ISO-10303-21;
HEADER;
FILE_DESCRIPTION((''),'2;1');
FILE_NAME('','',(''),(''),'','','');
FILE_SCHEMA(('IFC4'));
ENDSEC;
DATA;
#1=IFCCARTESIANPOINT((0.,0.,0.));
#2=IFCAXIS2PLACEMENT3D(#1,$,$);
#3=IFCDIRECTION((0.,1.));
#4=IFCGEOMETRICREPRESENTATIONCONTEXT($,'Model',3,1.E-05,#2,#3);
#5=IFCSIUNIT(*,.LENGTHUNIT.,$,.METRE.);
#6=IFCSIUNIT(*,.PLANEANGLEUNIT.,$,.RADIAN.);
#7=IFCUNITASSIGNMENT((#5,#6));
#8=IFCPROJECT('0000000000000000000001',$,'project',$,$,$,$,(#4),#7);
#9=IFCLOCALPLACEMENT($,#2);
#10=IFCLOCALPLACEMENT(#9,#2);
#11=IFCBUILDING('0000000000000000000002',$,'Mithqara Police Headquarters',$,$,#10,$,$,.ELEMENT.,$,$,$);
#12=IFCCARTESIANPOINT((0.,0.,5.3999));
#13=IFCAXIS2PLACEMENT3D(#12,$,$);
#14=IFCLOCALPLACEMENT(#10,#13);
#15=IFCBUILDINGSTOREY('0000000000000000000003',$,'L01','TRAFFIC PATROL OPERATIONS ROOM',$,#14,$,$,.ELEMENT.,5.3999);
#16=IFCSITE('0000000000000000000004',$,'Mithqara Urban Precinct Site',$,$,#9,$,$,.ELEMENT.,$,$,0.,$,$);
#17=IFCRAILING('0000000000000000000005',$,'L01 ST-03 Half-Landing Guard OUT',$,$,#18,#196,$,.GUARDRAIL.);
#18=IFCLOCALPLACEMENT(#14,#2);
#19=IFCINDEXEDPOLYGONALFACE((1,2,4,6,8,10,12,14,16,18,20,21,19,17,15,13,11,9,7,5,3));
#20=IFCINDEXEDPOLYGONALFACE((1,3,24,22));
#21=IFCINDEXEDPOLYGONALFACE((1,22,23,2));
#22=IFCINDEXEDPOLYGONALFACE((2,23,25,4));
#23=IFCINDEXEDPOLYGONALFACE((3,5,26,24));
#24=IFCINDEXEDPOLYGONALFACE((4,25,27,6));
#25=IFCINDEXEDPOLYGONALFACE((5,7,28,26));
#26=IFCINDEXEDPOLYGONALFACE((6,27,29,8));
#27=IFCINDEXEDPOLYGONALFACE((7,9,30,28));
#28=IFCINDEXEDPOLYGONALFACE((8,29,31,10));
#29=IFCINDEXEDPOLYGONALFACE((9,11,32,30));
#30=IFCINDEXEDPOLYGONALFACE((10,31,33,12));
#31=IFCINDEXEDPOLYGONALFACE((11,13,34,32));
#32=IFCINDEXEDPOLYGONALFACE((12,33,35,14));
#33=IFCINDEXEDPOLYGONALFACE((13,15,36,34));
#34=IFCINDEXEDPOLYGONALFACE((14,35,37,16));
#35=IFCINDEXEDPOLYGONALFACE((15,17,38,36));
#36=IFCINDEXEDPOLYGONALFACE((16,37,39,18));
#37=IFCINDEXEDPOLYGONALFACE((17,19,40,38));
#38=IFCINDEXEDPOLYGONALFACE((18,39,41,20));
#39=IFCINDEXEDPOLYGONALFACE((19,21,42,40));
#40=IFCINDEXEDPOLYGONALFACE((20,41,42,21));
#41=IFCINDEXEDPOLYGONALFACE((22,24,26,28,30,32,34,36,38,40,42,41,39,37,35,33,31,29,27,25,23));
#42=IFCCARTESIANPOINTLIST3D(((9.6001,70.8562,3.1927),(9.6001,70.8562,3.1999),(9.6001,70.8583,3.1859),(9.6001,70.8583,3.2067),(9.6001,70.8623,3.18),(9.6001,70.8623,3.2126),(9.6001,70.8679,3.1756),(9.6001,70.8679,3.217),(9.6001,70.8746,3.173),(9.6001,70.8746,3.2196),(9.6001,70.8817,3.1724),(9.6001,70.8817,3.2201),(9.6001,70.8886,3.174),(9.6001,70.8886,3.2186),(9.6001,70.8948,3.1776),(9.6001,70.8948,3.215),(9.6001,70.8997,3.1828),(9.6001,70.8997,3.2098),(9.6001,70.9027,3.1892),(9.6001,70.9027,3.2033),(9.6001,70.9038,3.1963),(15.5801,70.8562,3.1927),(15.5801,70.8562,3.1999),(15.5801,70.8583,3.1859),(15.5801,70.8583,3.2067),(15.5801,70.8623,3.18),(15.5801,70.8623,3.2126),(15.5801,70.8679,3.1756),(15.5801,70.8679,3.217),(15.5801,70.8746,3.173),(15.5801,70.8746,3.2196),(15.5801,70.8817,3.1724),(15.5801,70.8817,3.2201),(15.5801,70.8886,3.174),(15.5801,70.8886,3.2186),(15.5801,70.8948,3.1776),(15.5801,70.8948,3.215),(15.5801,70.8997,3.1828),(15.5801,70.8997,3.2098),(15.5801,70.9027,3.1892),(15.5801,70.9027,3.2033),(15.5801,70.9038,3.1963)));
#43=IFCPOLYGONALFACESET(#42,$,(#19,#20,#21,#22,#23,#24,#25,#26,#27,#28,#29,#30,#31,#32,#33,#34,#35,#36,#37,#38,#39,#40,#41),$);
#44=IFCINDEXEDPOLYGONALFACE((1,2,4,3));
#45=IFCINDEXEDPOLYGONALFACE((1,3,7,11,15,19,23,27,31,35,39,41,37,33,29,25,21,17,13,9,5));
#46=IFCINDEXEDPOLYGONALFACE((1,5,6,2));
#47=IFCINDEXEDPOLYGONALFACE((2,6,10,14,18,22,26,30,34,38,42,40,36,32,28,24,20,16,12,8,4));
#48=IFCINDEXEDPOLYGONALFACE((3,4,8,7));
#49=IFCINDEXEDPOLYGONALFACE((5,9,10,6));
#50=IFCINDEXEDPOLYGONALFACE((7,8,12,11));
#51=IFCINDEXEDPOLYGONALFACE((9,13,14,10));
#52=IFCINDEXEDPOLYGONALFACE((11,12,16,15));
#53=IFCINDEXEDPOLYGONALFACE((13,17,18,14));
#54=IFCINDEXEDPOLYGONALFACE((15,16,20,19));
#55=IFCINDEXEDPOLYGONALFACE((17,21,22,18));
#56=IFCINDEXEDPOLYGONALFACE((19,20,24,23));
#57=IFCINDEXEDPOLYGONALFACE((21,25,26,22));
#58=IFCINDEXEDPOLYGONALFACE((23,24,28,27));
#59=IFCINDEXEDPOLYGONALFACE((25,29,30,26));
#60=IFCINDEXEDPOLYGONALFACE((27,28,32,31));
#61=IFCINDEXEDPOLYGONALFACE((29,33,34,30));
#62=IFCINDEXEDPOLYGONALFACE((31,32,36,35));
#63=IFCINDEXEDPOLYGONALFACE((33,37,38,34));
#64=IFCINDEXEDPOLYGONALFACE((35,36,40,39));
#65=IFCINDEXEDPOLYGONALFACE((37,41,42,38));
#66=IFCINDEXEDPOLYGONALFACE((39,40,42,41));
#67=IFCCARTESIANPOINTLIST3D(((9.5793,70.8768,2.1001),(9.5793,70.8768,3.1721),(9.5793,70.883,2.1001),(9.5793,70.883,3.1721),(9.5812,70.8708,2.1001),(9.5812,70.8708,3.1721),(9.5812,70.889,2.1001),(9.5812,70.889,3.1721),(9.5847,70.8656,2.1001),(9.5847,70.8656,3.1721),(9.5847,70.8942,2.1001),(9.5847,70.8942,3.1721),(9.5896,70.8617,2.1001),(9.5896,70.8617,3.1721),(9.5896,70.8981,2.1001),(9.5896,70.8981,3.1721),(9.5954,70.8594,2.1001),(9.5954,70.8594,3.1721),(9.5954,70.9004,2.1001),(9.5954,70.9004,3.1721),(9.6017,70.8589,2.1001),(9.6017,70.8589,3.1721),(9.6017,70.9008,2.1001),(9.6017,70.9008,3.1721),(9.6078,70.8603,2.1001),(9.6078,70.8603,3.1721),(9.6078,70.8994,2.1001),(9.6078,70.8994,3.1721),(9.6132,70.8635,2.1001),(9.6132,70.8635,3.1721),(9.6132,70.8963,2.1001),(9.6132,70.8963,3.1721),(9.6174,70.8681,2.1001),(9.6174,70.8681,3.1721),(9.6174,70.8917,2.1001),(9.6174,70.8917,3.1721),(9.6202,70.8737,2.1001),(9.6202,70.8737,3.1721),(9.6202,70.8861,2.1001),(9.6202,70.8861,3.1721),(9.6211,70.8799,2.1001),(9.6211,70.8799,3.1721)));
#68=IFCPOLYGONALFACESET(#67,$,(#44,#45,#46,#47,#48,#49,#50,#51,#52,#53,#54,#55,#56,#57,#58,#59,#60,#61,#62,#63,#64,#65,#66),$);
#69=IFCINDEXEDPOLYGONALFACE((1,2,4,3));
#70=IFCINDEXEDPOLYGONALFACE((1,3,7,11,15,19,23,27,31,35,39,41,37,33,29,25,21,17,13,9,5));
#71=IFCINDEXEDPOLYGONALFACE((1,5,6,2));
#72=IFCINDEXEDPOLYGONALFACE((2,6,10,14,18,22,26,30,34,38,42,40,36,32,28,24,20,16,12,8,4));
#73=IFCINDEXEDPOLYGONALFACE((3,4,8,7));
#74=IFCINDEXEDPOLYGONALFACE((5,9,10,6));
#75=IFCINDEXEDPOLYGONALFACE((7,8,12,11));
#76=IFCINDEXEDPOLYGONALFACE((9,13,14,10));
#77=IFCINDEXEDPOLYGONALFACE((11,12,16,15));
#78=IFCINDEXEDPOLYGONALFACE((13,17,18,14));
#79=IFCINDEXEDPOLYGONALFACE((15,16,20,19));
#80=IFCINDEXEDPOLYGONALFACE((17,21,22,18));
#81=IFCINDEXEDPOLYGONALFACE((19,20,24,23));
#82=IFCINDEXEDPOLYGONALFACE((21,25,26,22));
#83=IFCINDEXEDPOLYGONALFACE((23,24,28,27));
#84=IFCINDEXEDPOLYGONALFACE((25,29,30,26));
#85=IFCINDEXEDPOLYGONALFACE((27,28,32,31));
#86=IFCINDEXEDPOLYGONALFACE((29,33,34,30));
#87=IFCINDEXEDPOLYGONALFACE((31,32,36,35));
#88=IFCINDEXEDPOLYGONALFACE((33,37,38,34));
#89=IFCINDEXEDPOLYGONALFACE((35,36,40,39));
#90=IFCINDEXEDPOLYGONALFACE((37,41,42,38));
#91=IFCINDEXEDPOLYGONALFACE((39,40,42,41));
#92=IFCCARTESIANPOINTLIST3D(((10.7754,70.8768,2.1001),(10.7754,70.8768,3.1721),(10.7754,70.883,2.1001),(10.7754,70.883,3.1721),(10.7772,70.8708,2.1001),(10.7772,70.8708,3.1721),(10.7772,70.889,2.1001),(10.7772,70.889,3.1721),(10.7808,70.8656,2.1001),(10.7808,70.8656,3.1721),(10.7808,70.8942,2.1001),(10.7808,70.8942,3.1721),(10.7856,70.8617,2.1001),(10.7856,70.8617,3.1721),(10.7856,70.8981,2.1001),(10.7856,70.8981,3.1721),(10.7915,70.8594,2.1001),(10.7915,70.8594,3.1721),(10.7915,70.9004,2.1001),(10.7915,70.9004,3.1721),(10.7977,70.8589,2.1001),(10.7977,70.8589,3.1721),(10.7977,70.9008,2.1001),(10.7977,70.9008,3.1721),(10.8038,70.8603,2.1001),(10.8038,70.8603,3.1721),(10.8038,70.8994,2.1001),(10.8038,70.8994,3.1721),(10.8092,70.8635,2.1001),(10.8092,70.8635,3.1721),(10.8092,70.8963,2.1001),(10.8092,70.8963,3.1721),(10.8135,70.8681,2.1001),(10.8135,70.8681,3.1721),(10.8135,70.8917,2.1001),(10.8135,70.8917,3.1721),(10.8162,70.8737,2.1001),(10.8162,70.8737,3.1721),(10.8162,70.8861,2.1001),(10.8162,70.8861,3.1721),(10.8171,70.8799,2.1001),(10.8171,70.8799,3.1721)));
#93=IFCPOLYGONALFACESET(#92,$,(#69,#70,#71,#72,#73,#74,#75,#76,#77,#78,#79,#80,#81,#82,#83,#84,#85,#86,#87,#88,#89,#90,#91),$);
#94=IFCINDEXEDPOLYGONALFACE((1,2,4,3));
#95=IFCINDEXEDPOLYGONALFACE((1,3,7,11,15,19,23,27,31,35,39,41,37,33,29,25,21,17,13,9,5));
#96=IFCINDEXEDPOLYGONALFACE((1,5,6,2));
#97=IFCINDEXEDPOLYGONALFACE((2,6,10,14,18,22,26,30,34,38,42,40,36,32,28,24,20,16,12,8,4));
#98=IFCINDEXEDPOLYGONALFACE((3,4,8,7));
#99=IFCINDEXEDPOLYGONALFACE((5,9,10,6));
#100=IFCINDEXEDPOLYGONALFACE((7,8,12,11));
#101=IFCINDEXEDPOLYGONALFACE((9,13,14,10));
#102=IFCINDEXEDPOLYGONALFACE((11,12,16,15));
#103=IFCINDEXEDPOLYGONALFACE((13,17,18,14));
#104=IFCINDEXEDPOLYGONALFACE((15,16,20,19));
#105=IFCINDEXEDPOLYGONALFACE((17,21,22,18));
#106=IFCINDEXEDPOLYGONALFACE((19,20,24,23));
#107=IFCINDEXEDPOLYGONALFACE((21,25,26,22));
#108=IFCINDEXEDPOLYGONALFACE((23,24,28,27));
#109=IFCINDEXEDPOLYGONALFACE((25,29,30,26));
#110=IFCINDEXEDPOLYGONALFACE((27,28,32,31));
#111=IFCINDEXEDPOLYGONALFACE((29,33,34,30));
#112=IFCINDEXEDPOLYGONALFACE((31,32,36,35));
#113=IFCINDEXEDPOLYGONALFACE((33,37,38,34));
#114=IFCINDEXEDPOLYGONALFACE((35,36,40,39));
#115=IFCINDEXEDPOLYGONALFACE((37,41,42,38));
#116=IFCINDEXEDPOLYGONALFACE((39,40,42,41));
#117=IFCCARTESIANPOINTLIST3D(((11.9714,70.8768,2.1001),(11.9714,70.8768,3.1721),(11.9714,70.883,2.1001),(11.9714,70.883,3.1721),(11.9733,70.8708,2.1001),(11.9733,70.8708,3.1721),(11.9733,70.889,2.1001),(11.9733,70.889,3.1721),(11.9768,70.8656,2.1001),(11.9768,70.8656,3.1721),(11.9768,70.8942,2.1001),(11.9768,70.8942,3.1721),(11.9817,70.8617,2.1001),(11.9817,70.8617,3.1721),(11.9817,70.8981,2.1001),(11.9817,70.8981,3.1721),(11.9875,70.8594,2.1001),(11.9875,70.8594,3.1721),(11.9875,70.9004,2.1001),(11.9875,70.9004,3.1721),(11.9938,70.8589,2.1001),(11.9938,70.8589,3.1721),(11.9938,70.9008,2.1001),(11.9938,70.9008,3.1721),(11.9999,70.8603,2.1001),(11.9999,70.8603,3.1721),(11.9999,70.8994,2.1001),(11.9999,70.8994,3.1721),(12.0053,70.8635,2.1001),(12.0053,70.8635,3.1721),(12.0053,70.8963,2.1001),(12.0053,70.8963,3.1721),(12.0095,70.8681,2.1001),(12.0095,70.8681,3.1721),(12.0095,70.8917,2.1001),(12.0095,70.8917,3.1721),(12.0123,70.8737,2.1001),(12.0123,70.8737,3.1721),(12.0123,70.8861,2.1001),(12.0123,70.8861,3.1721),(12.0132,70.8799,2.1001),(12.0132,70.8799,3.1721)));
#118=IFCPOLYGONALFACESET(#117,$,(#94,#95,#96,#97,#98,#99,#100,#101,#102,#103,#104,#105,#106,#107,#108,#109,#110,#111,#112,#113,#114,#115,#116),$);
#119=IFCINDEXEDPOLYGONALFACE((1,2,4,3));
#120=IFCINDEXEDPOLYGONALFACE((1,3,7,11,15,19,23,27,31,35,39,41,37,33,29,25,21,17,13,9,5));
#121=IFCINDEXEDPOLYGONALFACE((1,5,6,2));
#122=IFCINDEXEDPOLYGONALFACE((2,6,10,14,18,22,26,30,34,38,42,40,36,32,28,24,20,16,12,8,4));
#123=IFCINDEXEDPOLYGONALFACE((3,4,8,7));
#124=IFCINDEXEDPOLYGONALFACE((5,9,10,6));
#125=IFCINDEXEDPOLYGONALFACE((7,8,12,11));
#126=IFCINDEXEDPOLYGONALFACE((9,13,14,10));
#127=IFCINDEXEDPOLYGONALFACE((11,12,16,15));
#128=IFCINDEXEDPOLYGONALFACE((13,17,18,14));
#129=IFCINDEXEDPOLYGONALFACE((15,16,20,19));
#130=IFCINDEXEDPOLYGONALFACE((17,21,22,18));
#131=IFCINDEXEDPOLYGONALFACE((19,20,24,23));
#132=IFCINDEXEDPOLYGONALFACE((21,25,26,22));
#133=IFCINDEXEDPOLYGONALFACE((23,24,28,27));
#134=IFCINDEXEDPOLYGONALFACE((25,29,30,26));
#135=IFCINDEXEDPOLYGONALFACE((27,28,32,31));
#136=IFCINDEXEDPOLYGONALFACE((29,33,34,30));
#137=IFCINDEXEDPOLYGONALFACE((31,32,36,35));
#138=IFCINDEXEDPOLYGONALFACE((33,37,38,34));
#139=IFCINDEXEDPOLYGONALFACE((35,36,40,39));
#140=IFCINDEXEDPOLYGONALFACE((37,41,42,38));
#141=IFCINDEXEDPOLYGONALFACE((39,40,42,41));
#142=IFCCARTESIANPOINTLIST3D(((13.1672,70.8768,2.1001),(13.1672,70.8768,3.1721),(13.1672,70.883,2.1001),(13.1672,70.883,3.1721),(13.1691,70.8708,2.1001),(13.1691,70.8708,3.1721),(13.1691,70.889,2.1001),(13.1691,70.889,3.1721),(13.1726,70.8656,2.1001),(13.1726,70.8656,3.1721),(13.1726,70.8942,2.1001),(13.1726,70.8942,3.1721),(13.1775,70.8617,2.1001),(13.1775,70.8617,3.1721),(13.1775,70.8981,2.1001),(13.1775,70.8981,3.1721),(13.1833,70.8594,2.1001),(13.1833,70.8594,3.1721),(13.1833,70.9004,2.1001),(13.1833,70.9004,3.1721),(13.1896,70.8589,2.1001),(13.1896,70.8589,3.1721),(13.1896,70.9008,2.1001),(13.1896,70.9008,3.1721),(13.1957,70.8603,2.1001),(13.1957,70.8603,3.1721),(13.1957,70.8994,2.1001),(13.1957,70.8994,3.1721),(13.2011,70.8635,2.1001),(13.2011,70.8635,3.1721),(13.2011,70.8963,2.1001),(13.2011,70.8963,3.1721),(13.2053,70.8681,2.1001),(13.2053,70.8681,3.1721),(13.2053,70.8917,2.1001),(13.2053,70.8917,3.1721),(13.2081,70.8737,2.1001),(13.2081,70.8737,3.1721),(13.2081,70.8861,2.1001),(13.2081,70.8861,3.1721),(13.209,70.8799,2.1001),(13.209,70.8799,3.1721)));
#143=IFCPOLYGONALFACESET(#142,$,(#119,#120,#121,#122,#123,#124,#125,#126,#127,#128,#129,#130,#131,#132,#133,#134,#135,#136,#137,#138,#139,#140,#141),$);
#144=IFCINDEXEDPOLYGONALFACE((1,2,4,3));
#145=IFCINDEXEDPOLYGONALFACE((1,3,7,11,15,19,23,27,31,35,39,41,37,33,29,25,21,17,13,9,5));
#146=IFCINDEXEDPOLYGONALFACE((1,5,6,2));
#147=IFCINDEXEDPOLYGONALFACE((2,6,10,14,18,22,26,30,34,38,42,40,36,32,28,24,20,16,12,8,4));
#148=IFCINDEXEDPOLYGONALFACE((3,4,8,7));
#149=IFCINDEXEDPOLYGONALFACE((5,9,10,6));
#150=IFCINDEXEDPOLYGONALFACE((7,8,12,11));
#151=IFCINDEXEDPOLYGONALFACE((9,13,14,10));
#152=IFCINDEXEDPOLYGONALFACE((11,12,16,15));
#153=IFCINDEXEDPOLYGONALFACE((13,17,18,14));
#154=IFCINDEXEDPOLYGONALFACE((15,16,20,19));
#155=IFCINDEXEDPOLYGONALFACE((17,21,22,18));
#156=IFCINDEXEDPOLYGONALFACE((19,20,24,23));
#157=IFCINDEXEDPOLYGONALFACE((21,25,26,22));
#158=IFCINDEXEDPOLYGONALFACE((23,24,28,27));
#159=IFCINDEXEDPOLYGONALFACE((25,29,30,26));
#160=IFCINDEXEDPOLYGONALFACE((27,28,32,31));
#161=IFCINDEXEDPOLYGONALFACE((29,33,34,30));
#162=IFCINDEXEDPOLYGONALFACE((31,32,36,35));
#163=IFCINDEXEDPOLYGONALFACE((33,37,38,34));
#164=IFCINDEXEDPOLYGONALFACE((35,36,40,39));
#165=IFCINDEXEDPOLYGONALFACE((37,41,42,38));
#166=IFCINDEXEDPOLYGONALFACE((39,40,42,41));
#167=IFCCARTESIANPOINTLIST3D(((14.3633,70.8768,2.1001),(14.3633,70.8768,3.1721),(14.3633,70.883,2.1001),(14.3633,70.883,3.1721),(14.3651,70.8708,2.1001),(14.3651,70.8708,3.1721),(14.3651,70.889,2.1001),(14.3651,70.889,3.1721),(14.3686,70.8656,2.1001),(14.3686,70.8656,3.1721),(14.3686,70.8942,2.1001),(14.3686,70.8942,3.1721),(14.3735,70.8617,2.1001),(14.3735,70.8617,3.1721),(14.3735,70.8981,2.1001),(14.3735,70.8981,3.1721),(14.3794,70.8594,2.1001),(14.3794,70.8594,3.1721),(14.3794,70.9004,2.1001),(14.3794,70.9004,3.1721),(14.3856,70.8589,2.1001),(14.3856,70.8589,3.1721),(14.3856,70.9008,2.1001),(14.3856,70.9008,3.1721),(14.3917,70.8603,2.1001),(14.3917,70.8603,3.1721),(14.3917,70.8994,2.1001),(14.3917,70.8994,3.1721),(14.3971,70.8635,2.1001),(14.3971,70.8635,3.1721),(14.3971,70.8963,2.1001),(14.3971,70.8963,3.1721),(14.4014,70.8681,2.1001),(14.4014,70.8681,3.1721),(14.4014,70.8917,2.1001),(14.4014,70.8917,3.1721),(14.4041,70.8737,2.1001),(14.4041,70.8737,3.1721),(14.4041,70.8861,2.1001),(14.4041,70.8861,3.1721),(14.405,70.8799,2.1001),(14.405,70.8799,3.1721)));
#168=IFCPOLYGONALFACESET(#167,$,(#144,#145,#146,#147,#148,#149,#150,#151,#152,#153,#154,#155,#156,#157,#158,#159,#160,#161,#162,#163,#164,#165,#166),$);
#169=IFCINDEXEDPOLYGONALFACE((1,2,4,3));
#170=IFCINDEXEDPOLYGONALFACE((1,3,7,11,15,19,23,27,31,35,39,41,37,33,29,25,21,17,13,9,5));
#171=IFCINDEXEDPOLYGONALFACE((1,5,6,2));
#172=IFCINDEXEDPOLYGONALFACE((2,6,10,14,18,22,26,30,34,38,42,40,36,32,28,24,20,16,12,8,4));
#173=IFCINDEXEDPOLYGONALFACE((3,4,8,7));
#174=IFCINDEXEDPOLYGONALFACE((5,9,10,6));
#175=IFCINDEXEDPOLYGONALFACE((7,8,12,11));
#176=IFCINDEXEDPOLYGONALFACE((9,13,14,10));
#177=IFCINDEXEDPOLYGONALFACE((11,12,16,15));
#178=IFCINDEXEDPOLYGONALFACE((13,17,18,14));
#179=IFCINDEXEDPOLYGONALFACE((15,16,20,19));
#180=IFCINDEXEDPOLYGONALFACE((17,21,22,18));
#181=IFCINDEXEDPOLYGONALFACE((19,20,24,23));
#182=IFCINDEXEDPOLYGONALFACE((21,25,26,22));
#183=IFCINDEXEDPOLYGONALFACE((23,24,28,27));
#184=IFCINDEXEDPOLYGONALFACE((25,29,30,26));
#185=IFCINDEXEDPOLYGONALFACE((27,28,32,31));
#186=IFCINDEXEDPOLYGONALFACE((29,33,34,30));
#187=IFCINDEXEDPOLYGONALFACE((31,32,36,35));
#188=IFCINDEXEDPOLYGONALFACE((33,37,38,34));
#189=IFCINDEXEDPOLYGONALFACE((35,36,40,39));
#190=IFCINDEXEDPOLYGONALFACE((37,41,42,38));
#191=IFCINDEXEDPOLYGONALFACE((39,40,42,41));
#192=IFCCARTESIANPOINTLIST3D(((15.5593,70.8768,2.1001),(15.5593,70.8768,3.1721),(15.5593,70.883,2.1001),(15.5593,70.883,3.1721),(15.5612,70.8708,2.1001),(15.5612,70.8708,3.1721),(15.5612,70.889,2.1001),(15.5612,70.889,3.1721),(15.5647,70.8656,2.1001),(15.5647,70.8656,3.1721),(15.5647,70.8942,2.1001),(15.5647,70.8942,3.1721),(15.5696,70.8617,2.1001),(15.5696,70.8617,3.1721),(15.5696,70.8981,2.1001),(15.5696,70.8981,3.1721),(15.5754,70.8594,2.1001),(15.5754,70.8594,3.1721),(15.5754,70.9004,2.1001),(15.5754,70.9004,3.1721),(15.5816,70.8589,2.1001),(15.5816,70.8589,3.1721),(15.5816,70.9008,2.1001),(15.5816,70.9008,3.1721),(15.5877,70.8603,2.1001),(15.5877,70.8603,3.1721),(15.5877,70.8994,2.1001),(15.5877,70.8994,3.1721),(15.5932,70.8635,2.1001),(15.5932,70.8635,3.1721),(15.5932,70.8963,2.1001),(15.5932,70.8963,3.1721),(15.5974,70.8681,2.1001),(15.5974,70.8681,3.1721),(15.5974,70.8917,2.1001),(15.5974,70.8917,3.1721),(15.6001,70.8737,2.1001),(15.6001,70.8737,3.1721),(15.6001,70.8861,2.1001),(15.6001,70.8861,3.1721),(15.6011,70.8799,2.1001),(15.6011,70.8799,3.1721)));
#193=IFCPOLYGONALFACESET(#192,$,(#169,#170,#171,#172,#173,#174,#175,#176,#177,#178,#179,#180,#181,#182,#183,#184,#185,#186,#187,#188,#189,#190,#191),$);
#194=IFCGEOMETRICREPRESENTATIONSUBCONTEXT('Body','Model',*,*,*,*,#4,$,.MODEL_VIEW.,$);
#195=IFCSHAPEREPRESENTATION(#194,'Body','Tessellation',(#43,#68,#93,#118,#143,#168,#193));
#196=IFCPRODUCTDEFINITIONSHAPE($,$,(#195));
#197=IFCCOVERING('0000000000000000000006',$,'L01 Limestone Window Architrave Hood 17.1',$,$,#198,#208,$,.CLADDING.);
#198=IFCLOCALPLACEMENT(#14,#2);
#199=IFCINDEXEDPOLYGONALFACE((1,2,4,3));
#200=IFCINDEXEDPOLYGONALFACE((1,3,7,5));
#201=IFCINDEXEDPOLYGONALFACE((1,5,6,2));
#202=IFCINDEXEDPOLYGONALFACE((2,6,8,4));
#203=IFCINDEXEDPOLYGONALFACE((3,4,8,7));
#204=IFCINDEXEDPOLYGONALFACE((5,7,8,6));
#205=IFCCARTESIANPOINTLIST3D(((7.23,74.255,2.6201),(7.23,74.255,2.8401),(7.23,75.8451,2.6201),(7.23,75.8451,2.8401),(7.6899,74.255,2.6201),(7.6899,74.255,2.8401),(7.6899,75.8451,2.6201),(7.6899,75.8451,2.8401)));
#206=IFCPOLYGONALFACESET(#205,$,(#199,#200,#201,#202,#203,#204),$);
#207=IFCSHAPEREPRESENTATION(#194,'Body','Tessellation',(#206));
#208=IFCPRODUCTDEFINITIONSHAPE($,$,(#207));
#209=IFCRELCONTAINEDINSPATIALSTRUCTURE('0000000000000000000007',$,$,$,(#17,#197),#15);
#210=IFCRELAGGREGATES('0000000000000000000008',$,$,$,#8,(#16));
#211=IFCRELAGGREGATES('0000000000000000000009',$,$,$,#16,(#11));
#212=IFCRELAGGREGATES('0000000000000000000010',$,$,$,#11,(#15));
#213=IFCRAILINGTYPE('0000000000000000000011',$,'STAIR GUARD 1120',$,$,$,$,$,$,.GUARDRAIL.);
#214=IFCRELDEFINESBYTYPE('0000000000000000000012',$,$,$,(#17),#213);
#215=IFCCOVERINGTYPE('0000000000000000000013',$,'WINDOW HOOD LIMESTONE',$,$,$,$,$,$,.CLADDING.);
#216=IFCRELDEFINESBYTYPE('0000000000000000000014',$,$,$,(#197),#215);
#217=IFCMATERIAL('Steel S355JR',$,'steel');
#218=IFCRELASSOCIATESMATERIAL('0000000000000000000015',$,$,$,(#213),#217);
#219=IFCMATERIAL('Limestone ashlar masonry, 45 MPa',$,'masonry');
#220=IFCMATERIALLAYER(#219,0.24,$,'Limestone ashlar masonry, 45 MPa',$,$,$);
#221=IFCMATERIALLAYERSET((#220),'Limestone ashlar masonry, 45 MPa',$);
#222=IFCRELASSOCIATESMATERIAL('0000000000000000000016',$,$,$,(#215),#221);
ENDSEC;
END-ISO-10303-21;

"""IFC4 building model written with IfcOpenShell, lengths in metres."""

from ifc_helpers import new_model, si_unit, direction, frame, origin, origin_2d, place, context, subcontext, project, spatial, rectangle, circle, extrude, material, layer, layer_set, type_object, element, save


model = new_model("IFC4")

# Units and contexts
model_context = context("Model", 3, precision=1e-05, world=origin(), true_north=direction((0.0, 1.0)))
body_context = subcontext(model_context, "Body", "Model", "MODEL_VIEW")
ifc_project = project(units=[si_unit("LENGTHUNIT", "METRE"), si_unit("PLANEANGLEUNIT", "RADIAN")], contexts=[model_context])

# Site, building, storey
site_placement = place(None, origin())
site = spatial("IfcSite", under=ifc_project, at=site_placement, Name="Mithqara Urban Precinct Site", CompositionType="ELEMENT", RefElevation=0.0)
building_placement = place(site_placement, origin())
building = spatial("IfcBuilding", under=site, at=building_placement, Name="Mithqara Police Headquarters", CompositionType="ELEMENT")
storey_placement = place(building_placement, frame((0.0, 0.0, 5.3999)))
storey = spatial("IfcBuildingStorey", under=building, at=storey_placement, Name="L01", Description="TRAFFIC PATROL OPERATIONS ROOM", CompositionType="ELEMENT", Elevation=5.3999)

# Shared definitions
ifc_material_1 = material(Name="Steel S355JR", Category="steel")

# Railing
railing_type_1 = type_object("IfcRailingType", Name="STAIR GUARD 1120", PredefinedType="GUARDRAIL", material=ifc_material_1)
railing_1_placement = place(storey_placement, frame((9.6001, 70.8799, 2.1001)))
element("IfcRailing", 1, at=railing_1_placement, inside=storey, type_object=railing_type_1, Name="L01 ST-03 Half-Landing Guard OUT", PredefinedType="GUARDRAIL", context=body_context, shape_type="SweptSolid", body=[
    extrude(circle(Radius=0.0239, at=origin_2d()), frame((0.0, 0.0, 1.0962), z_axis=(1.0, 0.0, 0.0), x_axis=(0.0, 1.0, 0.0)), (0.0, 0.0, 1.0), 5.98),
    extrude(circle(Radius=0.021, at=origin_2d()), origin(), (0.0, 0.0, 1.0), 1.072),
    extrude(circle(Radius=0.021, at=origin_2d()), frame((1.196, 0.0, 0.0)), (0.0, 0.0, 1.0), 1.072),
    extrude(circle(Radius=0.021, at=origin_2d()), frame((2.3921, 0.0, 0.0)), (0.0, 0.0, 1.0), 1.072),
    extrude(circle(Radius=0.021, at=origin_2d()), frame((3.5879, 0.0, 0.0)), (0.0, 0.0, 1.0), 1.072),
    extrude(circle(Radius=0.021, at=origin_2d()), frame((4.7839, 0.0, 0.0)), (0.0, 0.0, 1.0), 1.072),
    extrude(circle(Radius=0.021, at=origin_2d()), frame((5.98, 0.0, 0.0)), (0.0, 0.0, 1.0), 1.072),
])

# Covering
ifc_material_2 = material(Name="Limestone ashlar masonry, 45 MPa", Category="masonry")
ifc_layer_1 = layer(ifc_material_2, 0.24, Name="Limestone ashlar masonry, 45 MPa")
ifc_layer_set_1 = layer_set([ifc_layer_1], Name="Limestone ashlar masonry, 45 MPa")
covering_type = type_object("IfcCoveringType", Name="WINDOW HOOD LIMESTONE", PredefinedType="CLADDING", material=ifc_layer_set_1)
covering_placement = place(storey_placement, frame((7.46, 75.05, 2.6201), z_axis=(0.0, 0.0, 1.0), x_axis=(0.0, 1.0, 0.0)))
element("IfcCovering", 2, at=covering_placement, inside=storey, type_object=covering_type, Name="L01 Limestone Window Architrave Hood 17.1", PredefinedType="CLADDING", context=body_context, shape_type="SweptSolid", body=[
    extrude(rectangle(XDim=1.5901, YDim=0.46, at=origin_2d()), origin(), (0.0, 0.0, 1.0), 0.22),
])

save(model, "model.ifc")
